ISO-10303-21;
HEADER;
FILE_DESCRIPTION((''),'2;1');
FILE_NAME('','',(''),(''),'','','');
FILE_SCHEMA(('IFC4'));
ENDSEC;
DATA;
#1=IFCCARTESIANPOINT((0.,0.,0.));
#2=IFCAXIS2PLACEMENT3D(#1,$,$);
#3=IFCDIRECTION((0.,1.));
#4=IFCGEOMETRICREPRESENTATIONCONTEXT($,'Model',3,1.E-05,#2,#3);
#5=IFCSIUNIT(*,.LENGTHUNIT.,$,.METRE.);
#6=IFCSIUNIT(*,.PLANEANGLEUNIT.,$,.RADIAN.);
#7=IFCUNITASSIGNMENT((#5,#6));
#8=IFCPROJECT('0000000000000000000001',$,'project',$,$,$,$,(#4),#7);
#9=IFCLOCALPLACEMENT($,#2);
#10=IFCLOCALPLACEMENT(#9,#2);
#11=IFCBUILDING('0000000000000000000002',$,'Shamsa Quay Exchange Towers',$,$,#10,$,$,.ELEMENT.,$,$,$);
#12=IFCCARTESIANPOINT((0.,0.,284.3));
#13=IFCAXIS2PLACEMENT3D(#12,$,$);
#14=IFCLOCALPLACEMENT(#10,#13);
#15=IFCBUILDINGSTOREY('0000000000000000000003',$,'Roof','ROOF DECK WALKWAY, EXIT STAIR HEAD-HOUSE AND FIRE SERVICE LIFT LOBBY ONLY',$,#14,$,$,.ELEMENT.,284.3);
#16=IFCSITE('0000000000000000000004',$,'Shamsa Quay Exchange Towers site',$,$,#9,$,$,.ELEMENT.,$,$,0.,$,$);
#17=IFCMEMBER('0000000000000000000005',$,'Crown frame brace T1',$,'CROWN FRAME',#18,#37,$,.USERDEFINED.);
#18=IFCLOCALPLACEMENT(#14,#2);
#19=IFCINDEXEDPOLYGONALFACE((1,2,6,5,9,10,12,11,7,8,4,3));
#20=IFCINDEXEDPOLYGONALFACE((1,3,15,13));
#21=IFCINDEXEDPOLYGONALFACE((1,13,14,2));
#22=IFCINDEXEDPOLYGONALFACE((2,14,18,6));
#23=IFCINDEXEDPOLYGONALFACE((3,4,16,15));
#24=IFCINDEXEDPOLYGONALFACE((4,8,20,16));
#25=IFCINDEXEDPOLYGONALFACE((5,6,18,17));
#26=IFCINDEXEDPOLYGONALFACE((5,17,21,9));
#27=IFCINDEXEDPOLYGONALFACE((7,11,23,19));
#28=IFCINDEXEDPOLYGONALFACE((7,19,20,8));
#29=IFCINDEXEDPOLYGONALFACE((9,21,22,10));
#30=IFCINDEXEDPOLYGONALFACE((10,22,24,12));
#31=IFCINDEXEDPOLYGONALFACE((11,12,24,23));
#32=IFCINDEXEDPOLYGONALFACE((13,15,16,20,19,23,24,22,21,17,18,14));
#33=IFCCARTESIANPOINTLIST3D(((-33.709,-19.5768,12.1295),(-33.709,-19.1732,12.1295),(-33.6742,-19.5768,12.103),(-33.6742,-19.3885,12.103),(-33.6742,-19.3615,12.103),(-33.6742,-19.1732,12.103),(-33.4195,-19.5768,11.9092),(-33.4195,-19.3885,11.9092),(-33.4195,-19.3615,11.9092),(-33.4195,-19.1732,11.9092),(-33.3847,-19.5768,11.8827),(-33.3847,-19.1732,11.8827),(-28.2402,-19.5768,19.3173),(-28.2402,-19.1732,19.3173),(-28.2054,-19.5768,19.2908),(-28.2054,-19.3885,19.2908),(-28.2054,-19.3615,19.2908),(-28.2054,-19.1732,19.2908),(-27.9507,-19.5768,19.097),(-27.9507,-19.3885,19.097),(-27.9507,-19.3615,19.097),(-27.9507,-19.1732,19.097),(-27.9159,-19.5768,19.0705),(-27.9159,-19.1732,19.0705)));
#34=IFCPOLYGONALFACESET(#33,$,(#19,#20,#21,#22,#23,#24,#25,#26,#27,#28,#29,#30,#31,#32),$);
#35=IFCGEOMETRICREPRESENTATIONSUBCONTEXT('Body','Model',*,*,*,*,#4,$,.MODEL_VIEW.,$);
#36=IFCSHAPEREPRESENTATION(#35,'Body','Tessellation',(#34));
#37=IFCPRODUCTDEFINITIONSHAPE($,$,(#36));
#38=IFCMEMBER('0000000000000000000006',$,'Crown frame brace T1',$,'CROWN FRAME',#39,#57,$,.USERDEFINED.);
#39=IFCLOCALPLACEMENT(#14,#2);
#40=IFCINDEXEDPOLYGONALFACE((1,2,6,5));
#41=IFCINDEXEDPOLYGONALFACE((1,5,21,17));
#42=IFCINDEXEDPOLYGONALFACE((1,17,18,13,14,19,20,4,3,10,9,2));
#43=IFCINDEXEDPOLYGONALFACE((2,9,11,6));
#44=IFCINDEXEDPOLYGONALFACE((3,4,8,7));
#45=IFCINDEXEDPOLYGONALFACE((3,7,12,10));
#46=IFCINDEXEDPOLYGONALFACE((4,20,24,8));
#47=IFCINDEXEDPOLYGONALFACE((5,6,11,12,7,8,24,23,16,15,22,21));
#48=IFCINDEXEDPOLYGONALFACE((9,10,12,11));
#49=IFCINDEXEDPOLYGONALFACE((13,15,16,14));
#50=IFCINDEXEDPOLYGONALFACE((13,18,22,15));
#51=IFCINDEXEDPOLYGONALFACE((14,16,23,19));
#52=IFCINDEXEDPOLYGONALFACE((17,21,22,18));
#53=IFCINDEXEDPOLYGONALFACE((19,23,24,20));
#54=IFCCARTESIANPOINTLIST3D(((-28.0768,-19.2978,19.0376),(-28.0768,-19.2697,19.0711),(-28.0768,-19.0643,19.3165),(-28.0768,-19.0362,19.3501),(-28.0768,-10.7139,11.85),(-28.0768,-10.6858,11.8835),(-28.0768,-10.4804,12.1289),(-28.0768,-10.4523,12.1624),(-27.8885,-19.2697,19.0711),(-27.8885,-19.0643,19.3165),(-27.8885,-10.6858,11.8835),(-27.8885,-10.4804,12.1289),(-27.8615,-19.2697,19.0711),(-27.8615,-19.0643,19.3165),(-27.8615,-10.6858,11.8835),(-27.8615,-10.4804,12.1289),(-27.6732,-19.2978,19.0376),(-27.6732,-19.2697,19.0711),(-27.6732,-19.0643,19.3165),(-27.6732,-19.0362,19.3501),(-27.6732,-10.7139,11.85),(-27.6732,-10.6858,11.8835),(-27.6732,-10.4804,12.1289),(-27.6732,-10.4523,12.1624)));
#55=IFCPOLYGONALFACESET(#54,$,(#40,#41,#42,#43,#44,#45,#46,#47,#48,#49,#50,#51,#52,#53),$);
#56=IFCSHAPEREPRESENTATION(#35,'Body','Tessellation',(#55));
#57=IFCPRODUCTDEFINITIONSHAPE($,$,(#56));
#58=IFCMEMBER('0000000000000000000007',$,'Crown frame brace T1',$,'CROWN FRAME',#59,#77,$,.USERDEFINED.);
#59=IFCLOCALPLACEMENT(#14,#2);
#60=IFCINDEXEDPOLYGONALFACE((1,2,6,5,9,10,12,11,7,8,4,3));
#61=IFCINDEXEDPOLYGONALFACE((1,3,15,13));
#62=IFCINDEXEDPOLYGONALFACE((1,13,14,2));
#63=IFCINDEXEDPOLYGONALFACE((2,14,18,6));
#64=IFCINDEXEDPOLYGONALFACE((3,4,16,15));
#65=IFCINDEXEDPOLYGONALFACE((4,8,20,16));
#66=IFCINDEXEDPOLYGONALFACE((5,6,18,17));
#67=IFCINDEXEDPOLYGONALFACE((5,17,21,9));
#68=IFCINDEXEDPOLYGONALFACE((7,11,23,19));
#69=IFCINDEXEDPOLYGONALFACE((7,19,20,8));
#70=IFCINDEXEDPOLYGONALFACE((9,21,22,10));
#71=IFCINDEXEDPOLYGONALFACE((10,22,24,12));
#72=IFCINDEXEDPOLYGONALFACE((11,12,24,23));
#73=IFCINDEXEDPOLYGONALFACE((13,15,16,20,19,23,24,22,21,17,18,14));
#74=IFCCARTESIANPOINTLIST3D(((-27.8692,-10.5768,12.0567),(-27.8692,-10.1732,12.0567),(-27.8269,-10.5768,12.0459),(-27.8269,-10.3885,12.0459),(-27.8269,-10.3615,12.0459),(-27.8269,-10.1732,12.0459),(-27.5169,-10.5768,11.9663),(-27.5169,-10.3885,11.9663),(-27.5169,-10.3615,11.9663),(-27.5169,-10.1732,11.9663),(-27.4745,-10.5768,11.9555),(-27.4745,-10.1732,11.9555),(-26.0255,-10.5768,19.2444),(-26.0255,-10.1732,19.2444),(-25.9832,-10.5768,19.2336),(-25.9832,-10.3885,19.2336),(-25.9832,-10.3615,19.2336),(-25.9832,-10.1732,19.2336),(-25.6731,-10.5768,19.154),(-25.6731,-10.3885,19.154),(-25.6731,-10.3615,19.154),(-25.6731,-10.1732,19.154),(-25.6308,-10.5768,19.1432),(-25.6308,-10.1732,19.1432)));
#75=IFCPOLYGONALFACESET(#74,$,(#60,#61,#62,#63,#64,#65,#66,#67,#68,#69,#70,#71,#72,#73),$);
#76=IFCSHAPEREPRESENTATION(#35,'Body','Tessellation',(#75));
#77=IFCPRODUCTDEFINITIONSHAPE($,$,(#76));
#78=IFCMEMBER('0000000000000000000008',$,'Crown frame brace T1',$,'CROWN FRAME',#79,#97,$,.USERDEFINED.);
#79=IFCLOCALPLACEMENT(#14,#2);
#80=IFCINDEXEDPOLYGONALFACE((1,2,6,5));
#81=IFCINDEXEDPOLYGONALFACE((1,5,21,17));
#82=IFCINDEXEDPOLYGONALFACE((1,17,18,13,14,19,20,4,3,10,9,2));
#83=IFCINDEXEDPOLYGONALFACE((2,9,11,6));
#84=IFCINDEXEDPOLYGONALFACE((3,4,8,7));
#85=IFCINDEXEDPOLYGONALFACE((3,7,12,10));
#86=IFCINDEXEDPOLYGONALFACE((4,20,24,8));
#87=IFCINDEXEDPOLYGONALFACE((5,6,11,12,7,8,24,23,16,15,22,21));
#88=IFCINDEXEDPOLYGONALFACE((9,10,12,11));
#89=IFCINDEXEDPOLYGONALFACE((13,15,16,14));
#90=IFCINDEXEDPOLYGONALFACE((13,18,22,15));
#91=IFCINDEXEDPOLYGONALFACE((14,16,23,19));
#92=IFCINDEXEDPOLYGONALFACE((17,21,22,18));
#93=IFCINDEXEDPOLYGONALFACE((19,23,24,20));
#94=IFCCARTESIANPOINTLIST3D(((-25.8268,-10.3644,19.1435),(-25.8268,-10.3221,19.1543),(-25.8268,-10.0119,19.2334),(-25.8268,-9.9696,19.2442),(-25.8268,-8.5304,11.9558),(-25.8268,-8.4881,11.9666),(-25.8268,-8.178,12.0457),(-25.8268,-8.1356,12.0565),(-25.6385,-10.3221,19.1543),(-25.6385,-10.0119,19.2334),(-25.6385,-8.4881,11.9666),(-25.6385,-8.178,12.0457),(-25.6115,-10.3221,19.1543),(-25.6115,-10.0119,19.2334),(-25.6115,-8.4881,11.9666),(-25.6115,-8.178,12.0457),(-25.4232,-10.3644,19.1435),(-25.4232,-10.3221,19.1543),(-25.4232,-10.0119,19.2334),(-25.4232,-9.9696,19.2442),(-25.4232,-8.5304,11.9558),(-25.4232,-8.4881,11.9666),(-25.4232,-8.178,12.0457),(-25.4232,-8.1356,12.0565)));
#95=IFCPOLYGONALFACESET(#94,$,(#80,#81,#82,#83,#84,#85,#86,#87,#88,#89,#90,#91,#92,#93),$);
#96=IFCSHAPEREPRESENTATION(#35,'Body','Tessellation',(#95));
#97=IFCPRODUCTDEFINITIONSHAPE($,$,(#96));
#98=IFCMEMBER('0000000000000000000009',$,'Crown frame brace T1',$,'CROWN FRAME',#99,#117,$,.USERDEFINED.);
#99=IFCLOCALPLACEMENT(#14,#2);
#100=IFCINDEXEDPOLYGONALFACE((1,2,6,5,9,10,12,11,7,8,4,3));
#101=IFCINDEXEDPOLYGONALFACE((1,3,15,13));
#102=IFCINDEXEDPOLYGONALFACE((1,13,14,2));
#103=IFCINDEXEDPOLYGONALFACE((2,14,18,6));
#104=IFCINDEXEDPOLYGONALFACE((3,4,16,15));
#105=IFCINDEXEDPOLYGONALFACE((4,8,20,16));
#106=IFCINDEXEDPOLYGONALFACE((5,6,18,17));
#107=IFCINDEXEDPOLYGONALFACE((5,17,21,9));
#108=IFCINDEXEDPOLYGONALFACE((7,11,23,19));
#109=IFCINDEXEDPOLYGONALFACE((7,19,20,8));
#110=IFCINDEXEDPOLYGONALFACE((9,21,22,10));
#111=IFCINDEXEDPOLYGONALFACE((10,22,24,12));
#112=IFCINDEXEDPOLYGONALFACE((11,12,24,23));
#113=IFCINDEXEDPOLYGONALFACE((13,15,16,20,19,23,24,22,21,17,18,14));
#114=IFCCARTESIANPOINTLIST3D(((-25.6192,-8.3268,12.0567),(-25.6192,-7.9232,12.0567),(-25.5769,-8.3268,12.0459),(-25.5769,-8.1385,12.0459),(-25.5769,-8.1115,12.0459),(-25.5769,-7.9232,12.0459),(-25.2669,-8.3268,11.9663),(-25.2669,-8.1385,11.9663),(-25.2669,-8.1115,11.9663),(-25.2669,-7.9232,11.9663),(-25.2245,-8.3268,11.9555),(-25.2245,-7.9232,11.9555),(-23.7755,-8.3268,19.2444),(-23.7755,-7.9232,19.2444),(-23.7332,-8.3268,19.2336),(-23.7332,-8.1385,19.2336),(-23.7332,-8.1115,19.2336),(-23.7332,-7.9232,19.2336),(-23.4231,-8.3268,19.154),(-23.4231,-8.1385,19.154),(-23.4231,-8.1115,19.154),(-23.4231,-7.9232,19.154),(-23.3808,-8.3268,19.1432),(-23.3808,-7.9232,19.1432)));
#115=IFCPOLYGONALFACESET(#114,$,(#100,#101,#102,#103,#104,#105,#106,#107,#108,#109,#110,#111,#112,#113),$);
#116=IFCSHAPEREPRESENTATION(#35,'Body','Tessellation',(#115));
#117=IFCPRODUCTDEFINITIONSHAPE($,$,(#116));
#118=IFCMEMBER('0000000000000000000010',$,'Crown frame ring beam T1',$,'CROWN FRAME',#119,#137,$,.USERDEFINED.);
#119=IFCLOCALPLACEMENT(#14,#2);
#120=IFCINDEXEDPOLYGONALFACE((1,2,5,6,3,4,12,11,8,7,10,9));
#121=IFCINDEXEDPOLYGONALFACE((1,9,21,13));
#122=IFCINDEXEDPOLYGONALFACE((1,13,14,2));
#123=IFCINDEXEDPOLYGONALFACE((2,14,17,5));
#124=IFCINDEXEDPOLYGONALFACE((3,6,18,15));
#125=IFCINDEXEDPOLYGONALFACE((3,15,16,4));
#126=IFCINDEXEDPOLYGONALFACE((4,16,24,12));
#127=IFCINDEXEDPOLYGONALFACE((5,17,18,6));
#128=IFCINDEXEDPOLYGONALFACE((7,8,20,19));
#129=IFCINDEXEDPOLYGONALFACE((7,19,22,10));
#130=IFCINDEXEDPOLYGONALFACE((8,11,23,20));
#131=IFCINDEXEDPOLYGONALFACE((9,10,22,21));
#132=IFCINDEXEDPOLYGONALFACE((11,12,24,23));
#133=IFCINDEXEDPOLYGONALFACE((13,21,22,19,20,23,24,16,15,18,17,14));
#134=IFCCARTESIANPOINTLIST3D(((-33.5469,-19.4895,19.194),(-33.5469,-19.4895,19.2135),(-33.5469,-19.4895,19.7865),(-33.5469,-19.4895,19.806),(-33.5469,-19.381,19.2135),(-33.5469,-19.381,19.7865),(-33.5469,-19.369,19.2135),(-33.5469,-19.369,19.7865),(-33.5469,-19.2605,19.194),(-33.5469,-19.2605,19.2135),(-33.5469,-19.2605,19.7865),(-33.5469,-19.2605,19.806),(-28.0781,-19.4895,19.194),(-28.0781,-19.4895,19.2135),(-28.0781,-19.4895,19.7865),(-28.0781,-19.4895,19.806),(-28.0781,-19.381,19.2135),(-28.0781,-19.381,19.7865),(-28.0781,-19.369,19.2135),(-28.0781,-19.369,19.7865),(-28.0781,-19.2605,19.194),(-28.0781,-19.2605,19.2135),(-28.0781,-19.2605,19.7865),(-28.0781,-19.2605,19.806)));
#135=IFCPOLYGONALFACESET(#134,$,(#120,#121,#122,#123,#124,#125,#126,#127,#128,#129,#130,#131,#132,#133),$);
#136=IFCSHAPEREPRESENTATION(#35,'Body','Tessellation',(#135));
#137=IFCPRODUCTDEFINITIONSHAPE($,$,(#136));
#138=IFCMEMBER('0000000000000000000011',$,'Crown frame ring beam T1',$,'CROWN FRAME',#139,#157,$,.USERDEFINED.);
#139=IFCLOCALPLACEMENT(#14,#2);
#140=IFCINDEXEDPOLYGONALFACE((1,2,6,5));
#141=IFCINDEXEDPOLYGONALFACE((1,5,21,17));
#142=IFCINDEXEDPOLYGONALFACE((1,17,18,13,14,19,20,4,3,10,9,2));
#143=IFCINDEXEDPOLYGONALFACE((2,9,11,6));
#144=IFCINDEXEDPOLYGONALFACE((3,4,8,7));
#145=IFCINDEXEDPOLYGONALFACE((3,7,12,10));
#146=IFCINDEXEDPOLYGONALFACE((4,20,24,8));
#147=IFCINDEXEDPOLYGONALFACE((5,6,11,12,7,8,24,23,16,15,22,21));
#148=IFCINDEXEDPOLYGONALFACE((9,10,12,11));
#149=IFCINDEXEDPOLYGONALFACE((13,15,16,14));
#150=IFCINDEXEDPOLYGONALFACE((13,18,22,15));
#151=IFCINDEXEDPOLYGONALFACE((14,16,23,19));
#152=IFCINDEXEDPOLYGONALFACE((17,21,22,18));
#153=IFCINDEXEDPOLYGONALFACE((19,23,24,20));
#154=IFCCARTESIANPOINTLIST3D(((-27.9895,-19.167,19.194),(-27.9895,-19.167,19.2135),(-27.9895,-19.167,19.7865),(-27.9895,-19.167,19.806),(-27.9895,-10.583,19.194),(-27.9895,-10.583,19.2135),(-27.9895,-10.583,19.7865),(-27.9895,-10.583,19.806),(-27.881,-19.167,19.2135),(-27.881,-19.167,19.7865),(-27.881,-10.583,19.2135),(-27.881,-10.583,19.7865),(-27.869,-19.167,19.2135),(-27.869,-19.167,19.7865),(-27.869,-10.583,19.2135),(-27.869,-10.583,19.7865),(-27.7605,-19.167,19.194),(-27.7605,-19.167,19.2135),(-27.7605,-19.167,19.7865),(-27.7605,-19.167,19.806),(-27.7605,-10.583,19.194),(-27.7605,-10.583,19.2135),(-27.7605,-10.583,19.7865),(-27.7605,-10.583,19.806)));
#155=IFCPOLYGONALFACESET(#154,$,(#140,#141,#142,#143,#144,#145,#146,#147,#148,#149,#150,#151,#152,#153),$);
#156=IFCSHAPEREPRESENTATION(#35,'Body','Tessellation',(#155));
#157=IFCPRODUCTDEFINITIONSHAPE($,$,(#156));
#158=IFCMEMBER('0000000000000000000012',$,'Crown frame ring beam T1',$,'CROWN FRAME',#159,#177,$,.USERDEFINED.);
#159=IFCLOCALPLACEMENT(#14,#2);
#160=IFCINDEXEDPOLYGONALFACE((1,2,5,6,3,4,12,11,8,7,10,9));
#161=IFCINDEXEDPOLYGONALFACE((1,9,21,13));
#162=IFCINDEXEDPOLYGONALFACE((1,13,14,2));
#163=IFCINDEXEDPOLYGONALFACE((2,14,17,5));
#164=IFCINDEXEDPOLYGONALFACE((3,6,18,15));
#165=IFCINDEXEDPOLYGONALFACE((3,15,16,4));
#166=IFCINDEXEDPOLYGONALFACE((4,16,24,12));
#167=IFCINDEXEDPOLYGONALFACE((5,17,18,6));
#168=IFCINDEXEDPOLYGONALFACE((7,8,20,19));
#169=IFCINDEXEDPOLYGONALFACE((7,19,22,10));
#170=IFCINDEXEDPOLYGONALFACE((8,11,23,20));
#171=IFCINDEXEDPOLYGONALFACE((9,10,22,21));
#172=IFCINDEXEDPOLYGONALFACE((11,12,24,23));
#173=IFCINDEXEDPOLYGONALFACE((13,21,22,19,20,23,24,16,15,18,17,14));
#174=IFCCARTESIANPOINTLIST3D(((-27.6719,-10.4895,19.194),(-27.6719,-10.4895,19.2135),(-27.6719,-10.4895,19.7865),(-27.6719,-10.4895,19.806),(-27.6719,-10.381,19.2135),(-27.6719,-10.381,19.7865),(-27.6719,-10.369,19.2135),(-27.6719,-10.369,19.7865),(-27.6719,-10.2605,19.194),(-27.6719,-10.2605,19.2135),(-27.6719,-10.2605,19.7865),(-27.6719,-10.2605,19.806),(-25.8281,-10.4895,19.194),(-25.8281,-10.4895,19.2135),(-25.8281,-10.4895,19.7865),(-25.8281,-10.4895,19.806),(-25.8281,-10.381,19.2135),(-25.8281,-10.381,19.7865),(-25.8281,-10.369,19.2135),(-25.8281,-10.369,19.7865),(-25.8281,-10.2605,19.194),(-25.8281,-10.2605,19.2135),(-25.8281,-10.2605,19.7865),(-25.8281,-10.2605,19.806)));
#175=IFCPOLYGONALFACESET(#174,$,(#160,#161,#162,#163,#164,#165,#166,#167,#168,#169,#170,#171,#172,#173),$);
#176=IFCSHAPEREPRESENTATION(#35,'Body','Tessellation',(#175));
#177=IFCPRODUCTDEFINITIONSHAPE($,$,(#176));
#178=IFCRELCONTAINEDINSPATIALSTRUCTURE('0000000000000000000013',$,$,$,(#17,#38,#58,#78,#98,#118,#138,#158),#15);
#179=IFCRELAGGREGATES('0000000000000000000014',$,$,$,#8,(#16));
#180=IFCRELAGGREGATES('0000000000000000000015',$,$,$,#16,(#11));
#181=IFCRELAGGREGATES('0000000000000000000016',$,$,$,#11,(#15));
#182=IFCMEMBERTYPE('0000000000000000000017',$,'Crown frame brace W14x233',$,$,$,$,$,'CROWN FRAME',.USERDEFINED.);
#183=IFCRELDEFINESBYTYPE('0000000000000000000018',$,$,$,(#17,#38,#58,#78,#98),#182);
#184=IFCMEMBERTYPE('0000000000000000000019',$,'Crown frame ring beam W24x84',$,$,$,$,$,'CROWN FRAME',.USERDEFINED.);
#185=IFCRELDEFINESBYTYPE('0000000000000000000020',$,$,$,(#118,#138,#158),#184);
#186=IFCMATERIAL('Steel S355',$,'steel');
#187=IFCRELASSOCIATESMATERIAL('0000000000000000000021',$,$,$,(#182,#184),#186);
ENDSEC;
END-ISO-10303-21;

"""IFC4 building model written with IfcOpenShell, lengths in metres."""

from ifc_helpers import new_model, si_unit, direction, frame, origin, origin_2d, place, context, subcontext, project, spatial, i_section, extrude, material, material_profile, profile_set, type_object, element, save


model = new_model("IFC4")

# Units and contexts
model_context = context("Model", 3, precision=1e-05, world=origin(), true_north=direction((0.0, 1.0)))
body_context = subcontext(model_context, "Body", "Model", "MODEL_VIEW")
ifc_project = project(units=[si_unit("LENGTHUNIT", "METRE"), si_unit("PLANEANGLEUNIT", "RADIAN")], contexts=[model_context])

# Site, building, storey
site_placement = place(None, origin())
site = spatial("IfcSite", under=ifc_project, at=site_placement, Name="Shamsa Quay Exchange Towers site", CompositionType="ELEMENT", RefElevation=0.0)
building_placement = place(site_placement, origin())
building = spatial("IfcBuilding", under=site, at=building_placement, Name="Shamsa Quay Exchange Towers", CompositionType="ELEMENT")
storey_placement = place(building_placement, frame((0.0, 0.0, 284.3)))
storey = spatial("IfcBuildingStorey", under=building, at=storey_placement, Name="Roof", Description="ROOF DECK WALKWAY, EXIT STAIR HEAD-HOUSE AND FIRE SERVICE LIFT LOBBY ONLY", CompositionType="ELEMENT", Elevation=284.3)

# Members
ifc_material_1 = material(Name="Steel S355", Category="steel")
ifc_material_profile_1 = material_profile(ifc_material_1, i_section(OverallWidth=0.4036, OverallDepth=0.4075, WebThickness=0.0271, FlangeThickness=0.0437, at=origin_2d()), Name="W14x233")
ifc_profile_set_1 = profile_set([ifc_material_profile_1], Name="Steel S355")
member_type_1 = type_object("IfcMemberType", Name="Crown frame brace W14x233", ElementType="CROWN FRAME", PredefinedType="USERDEFINED", material=ifc_profile_set_1)
member_1_placement = place(storey_placement, frame((-33.5469, -19.375, 12.0061), z_axis=(0.605509, 0.0, 0.795839), x_axis=(0.0, 1.0, 0.0)))
element("IfcMember", 1, at=member_1_placement, inside=storey, type_object=member_type_1, Name="Crown frame brace T1", ObjectType="CROWN FRAME", PredefinedType="USERDEFINED", context=body_context, shape_type="SweptSolid", body=[
    extrude(i_section(OverallWidth=0.4036, OverallDepth=0.4075, WebThickness=0.0271, FlangeThickness=0.0437, at=origin_2d()), origin(), (0.0, 0.0, 1.0), 9.0317),
])
member_2_placement = place(storey_placement, frame((-27.875, -19.167, 19.1938), z_axis=(0.0, 0.766707, -0.641997), x_axis=(-1.0, 0.0, 0.0)))
element("IfcMember", 2, at=member_2_placement, inside=storey, type_object=member_type_1, Name="Crown frame brace T1", ObjectType="CROWN FRAME", PredefinedType="USERDEFINED", context=body_context, shape_type="SweptSolid", body=[
    extrude(i_section(OverallWidth=0.4036, OverallDepth=0.4075, WebThickness=0.0271, FlangeThickness=0.0437, at=origin_2d()), origin(), (0.0, 0.0, 1.0), 11.1958),
])
member_3_placement = place(storey_placement, frame((-27.6719, -10.375, 12.0061), z_axis=(0.248469, 0.0, 0.96864), x_axis=(0.0, 1.0, 0.0)))
element("IfcMember", 3, at=member_3_placement, inside=storey, type_object=member_type_1, Name="Crown frame brace T1", ObjectType="CROWN FRAME", PredefinedType="USERDEFINED", context=body_context, shape_type="SweptSolid", body=[
    extrude(i_section(OverallWidth=0.4036, OverallDepth=0.4075, WebThickness=0.0271, FlangeThickness=0.0437, at=origin_2d()), origin(), (0.0, 0.0, 1.0), 7.4204),
])
member_4_placement = place(storey_placement, frame((-25.625, -10.167, 19.1938), z_axis=(0.0, 0.247233, -0.968956), x_axis=(-1.0, 0.0, 0.0)))
element("IfcMember", 4, at=member_4_placement, inside=storey, type_object=member_type_1, Name="Crown frame brace T1", ObjectType="CROWN FRAME", PredefinedType="USERDEFINED", context=body_context, shape_type="SweptSolid", body=[
    extrude(i_section(OverallWidth=0.4036, OverallDepth=0.4075, WebThickness=0.0271, FlangeThickness=0.0437, at=origin_2d()), origin(), (0.0, 0.0, 1.0), 7.418),
])
member_5_placement = place(storey_placement, frame((-25.4219, -8.125, 12.0061), z_axis=(0.248469, 0.0, 0.96864), x_axis=(0.0, 1.0, 0.0)))
element("IfcMember", 5, at=member_5_placement, inside=storey, type_object=member_type_1, Name="Crown frame brace T1", ObjectType="CROWN FRAME", PredefinedType="USERDEFINED", context=body_context, shape_type="SweptSolid", body=[
    extrude(i_section(OverallWidth=0.4036, OverallDepth=0.4075, WebThickness=0.0271, FlangeThickness=0.0437, at=origin_2d()), origin(), (0.0, 0.0, 1.0), 7.4204),
])
ifc_material_profile_2 = material_profile(ifc_material_1, i_section(OverallWidth=0.229, OverallDepth=0.6121, WebThickness=0.012, FlangeThickness=0.0195, at=origin_2d()), Name="W24x84")
ifc_profile_set_2 = profile_set([ifc_material_profile_2], Name="Steel S355")
member_type_2 = type_object("IfcMemberType", Name="Crown frame ring beam W24x84", ElementType="CROWN FRAME", PredefinedType="USERDEFINED", material=ifc_profile_set_2)
member_6_placement = place(storey_placement, frame((-33.5469, -19.375, 19.5), z_axis=(1.0, 0.0, 0.0), x_axis=(0.0, 1.0, 0.0)))
element("IfcMember", 6, at=member_6_placement, inside=storey, type_object=member_type_2, Name="Crown frame ring beam T1", ObjectType="CROWN FRAME", PredefinedType="USERDEFINED", context=body_context, shape_type="SweptSolid", body=[
    extrude(i_section(OverallWidth=0.229, OverallDepth=0.6121, WebThickness=0.012, FlangeThickness=0.0195, at=origin_2d()), origin(), (0.0, 0.0, 1.0), 5.4688),
])
member_7_placement = place(storey_placement, frame((-27.875, -19.167, 19.5), z_axis=(0.0, 1.0, 0.0), x_axis=(-1.0, 0.0, 0.0)))
element("IfcMember", 7, at=member_7_placement, inside=storey, type_object=member_type_2, Name="Crown frame ring beam T1", ObjectType="CROWN FRAME", PredefinedType="USERDEFINED", context=body_context, shape_type="SweptSolid", body=[
    extrude(i_section(OverallWidth=0.229, OverallDepth=0.6121, WebThickness=0.012, FlangeThickness=0.0195, at=origin_2d()), origin(), (0.0, 0.0, 1.0), 8.584),
])
member_8_placement = place(storey_placement, frame((-27.6719, -10.375, 19.5), z_axis=(1.0, 0.0, 0.0), x_axis=(0.0, 1.0, 0.0)))
element("IfcMember", 8, at=member_8_placement, inside=storey, type_object=member_type_2, Name="Crown frame ring beam T1", ObjectType="CROWN FRAME", PredefinedType="USERDEFINED", context=body_context, shape_type="SweptSolid", body=[
    extrude(i_section(OverallWidth=0.229, OverallDepth=0.6121, WebThickness=0.012, FlangeThickness=0.0195, at=origin_2d()), origin(), (0.0, 0.0, 1.0), 1.8438),
])

save(model, "model.ifc")
